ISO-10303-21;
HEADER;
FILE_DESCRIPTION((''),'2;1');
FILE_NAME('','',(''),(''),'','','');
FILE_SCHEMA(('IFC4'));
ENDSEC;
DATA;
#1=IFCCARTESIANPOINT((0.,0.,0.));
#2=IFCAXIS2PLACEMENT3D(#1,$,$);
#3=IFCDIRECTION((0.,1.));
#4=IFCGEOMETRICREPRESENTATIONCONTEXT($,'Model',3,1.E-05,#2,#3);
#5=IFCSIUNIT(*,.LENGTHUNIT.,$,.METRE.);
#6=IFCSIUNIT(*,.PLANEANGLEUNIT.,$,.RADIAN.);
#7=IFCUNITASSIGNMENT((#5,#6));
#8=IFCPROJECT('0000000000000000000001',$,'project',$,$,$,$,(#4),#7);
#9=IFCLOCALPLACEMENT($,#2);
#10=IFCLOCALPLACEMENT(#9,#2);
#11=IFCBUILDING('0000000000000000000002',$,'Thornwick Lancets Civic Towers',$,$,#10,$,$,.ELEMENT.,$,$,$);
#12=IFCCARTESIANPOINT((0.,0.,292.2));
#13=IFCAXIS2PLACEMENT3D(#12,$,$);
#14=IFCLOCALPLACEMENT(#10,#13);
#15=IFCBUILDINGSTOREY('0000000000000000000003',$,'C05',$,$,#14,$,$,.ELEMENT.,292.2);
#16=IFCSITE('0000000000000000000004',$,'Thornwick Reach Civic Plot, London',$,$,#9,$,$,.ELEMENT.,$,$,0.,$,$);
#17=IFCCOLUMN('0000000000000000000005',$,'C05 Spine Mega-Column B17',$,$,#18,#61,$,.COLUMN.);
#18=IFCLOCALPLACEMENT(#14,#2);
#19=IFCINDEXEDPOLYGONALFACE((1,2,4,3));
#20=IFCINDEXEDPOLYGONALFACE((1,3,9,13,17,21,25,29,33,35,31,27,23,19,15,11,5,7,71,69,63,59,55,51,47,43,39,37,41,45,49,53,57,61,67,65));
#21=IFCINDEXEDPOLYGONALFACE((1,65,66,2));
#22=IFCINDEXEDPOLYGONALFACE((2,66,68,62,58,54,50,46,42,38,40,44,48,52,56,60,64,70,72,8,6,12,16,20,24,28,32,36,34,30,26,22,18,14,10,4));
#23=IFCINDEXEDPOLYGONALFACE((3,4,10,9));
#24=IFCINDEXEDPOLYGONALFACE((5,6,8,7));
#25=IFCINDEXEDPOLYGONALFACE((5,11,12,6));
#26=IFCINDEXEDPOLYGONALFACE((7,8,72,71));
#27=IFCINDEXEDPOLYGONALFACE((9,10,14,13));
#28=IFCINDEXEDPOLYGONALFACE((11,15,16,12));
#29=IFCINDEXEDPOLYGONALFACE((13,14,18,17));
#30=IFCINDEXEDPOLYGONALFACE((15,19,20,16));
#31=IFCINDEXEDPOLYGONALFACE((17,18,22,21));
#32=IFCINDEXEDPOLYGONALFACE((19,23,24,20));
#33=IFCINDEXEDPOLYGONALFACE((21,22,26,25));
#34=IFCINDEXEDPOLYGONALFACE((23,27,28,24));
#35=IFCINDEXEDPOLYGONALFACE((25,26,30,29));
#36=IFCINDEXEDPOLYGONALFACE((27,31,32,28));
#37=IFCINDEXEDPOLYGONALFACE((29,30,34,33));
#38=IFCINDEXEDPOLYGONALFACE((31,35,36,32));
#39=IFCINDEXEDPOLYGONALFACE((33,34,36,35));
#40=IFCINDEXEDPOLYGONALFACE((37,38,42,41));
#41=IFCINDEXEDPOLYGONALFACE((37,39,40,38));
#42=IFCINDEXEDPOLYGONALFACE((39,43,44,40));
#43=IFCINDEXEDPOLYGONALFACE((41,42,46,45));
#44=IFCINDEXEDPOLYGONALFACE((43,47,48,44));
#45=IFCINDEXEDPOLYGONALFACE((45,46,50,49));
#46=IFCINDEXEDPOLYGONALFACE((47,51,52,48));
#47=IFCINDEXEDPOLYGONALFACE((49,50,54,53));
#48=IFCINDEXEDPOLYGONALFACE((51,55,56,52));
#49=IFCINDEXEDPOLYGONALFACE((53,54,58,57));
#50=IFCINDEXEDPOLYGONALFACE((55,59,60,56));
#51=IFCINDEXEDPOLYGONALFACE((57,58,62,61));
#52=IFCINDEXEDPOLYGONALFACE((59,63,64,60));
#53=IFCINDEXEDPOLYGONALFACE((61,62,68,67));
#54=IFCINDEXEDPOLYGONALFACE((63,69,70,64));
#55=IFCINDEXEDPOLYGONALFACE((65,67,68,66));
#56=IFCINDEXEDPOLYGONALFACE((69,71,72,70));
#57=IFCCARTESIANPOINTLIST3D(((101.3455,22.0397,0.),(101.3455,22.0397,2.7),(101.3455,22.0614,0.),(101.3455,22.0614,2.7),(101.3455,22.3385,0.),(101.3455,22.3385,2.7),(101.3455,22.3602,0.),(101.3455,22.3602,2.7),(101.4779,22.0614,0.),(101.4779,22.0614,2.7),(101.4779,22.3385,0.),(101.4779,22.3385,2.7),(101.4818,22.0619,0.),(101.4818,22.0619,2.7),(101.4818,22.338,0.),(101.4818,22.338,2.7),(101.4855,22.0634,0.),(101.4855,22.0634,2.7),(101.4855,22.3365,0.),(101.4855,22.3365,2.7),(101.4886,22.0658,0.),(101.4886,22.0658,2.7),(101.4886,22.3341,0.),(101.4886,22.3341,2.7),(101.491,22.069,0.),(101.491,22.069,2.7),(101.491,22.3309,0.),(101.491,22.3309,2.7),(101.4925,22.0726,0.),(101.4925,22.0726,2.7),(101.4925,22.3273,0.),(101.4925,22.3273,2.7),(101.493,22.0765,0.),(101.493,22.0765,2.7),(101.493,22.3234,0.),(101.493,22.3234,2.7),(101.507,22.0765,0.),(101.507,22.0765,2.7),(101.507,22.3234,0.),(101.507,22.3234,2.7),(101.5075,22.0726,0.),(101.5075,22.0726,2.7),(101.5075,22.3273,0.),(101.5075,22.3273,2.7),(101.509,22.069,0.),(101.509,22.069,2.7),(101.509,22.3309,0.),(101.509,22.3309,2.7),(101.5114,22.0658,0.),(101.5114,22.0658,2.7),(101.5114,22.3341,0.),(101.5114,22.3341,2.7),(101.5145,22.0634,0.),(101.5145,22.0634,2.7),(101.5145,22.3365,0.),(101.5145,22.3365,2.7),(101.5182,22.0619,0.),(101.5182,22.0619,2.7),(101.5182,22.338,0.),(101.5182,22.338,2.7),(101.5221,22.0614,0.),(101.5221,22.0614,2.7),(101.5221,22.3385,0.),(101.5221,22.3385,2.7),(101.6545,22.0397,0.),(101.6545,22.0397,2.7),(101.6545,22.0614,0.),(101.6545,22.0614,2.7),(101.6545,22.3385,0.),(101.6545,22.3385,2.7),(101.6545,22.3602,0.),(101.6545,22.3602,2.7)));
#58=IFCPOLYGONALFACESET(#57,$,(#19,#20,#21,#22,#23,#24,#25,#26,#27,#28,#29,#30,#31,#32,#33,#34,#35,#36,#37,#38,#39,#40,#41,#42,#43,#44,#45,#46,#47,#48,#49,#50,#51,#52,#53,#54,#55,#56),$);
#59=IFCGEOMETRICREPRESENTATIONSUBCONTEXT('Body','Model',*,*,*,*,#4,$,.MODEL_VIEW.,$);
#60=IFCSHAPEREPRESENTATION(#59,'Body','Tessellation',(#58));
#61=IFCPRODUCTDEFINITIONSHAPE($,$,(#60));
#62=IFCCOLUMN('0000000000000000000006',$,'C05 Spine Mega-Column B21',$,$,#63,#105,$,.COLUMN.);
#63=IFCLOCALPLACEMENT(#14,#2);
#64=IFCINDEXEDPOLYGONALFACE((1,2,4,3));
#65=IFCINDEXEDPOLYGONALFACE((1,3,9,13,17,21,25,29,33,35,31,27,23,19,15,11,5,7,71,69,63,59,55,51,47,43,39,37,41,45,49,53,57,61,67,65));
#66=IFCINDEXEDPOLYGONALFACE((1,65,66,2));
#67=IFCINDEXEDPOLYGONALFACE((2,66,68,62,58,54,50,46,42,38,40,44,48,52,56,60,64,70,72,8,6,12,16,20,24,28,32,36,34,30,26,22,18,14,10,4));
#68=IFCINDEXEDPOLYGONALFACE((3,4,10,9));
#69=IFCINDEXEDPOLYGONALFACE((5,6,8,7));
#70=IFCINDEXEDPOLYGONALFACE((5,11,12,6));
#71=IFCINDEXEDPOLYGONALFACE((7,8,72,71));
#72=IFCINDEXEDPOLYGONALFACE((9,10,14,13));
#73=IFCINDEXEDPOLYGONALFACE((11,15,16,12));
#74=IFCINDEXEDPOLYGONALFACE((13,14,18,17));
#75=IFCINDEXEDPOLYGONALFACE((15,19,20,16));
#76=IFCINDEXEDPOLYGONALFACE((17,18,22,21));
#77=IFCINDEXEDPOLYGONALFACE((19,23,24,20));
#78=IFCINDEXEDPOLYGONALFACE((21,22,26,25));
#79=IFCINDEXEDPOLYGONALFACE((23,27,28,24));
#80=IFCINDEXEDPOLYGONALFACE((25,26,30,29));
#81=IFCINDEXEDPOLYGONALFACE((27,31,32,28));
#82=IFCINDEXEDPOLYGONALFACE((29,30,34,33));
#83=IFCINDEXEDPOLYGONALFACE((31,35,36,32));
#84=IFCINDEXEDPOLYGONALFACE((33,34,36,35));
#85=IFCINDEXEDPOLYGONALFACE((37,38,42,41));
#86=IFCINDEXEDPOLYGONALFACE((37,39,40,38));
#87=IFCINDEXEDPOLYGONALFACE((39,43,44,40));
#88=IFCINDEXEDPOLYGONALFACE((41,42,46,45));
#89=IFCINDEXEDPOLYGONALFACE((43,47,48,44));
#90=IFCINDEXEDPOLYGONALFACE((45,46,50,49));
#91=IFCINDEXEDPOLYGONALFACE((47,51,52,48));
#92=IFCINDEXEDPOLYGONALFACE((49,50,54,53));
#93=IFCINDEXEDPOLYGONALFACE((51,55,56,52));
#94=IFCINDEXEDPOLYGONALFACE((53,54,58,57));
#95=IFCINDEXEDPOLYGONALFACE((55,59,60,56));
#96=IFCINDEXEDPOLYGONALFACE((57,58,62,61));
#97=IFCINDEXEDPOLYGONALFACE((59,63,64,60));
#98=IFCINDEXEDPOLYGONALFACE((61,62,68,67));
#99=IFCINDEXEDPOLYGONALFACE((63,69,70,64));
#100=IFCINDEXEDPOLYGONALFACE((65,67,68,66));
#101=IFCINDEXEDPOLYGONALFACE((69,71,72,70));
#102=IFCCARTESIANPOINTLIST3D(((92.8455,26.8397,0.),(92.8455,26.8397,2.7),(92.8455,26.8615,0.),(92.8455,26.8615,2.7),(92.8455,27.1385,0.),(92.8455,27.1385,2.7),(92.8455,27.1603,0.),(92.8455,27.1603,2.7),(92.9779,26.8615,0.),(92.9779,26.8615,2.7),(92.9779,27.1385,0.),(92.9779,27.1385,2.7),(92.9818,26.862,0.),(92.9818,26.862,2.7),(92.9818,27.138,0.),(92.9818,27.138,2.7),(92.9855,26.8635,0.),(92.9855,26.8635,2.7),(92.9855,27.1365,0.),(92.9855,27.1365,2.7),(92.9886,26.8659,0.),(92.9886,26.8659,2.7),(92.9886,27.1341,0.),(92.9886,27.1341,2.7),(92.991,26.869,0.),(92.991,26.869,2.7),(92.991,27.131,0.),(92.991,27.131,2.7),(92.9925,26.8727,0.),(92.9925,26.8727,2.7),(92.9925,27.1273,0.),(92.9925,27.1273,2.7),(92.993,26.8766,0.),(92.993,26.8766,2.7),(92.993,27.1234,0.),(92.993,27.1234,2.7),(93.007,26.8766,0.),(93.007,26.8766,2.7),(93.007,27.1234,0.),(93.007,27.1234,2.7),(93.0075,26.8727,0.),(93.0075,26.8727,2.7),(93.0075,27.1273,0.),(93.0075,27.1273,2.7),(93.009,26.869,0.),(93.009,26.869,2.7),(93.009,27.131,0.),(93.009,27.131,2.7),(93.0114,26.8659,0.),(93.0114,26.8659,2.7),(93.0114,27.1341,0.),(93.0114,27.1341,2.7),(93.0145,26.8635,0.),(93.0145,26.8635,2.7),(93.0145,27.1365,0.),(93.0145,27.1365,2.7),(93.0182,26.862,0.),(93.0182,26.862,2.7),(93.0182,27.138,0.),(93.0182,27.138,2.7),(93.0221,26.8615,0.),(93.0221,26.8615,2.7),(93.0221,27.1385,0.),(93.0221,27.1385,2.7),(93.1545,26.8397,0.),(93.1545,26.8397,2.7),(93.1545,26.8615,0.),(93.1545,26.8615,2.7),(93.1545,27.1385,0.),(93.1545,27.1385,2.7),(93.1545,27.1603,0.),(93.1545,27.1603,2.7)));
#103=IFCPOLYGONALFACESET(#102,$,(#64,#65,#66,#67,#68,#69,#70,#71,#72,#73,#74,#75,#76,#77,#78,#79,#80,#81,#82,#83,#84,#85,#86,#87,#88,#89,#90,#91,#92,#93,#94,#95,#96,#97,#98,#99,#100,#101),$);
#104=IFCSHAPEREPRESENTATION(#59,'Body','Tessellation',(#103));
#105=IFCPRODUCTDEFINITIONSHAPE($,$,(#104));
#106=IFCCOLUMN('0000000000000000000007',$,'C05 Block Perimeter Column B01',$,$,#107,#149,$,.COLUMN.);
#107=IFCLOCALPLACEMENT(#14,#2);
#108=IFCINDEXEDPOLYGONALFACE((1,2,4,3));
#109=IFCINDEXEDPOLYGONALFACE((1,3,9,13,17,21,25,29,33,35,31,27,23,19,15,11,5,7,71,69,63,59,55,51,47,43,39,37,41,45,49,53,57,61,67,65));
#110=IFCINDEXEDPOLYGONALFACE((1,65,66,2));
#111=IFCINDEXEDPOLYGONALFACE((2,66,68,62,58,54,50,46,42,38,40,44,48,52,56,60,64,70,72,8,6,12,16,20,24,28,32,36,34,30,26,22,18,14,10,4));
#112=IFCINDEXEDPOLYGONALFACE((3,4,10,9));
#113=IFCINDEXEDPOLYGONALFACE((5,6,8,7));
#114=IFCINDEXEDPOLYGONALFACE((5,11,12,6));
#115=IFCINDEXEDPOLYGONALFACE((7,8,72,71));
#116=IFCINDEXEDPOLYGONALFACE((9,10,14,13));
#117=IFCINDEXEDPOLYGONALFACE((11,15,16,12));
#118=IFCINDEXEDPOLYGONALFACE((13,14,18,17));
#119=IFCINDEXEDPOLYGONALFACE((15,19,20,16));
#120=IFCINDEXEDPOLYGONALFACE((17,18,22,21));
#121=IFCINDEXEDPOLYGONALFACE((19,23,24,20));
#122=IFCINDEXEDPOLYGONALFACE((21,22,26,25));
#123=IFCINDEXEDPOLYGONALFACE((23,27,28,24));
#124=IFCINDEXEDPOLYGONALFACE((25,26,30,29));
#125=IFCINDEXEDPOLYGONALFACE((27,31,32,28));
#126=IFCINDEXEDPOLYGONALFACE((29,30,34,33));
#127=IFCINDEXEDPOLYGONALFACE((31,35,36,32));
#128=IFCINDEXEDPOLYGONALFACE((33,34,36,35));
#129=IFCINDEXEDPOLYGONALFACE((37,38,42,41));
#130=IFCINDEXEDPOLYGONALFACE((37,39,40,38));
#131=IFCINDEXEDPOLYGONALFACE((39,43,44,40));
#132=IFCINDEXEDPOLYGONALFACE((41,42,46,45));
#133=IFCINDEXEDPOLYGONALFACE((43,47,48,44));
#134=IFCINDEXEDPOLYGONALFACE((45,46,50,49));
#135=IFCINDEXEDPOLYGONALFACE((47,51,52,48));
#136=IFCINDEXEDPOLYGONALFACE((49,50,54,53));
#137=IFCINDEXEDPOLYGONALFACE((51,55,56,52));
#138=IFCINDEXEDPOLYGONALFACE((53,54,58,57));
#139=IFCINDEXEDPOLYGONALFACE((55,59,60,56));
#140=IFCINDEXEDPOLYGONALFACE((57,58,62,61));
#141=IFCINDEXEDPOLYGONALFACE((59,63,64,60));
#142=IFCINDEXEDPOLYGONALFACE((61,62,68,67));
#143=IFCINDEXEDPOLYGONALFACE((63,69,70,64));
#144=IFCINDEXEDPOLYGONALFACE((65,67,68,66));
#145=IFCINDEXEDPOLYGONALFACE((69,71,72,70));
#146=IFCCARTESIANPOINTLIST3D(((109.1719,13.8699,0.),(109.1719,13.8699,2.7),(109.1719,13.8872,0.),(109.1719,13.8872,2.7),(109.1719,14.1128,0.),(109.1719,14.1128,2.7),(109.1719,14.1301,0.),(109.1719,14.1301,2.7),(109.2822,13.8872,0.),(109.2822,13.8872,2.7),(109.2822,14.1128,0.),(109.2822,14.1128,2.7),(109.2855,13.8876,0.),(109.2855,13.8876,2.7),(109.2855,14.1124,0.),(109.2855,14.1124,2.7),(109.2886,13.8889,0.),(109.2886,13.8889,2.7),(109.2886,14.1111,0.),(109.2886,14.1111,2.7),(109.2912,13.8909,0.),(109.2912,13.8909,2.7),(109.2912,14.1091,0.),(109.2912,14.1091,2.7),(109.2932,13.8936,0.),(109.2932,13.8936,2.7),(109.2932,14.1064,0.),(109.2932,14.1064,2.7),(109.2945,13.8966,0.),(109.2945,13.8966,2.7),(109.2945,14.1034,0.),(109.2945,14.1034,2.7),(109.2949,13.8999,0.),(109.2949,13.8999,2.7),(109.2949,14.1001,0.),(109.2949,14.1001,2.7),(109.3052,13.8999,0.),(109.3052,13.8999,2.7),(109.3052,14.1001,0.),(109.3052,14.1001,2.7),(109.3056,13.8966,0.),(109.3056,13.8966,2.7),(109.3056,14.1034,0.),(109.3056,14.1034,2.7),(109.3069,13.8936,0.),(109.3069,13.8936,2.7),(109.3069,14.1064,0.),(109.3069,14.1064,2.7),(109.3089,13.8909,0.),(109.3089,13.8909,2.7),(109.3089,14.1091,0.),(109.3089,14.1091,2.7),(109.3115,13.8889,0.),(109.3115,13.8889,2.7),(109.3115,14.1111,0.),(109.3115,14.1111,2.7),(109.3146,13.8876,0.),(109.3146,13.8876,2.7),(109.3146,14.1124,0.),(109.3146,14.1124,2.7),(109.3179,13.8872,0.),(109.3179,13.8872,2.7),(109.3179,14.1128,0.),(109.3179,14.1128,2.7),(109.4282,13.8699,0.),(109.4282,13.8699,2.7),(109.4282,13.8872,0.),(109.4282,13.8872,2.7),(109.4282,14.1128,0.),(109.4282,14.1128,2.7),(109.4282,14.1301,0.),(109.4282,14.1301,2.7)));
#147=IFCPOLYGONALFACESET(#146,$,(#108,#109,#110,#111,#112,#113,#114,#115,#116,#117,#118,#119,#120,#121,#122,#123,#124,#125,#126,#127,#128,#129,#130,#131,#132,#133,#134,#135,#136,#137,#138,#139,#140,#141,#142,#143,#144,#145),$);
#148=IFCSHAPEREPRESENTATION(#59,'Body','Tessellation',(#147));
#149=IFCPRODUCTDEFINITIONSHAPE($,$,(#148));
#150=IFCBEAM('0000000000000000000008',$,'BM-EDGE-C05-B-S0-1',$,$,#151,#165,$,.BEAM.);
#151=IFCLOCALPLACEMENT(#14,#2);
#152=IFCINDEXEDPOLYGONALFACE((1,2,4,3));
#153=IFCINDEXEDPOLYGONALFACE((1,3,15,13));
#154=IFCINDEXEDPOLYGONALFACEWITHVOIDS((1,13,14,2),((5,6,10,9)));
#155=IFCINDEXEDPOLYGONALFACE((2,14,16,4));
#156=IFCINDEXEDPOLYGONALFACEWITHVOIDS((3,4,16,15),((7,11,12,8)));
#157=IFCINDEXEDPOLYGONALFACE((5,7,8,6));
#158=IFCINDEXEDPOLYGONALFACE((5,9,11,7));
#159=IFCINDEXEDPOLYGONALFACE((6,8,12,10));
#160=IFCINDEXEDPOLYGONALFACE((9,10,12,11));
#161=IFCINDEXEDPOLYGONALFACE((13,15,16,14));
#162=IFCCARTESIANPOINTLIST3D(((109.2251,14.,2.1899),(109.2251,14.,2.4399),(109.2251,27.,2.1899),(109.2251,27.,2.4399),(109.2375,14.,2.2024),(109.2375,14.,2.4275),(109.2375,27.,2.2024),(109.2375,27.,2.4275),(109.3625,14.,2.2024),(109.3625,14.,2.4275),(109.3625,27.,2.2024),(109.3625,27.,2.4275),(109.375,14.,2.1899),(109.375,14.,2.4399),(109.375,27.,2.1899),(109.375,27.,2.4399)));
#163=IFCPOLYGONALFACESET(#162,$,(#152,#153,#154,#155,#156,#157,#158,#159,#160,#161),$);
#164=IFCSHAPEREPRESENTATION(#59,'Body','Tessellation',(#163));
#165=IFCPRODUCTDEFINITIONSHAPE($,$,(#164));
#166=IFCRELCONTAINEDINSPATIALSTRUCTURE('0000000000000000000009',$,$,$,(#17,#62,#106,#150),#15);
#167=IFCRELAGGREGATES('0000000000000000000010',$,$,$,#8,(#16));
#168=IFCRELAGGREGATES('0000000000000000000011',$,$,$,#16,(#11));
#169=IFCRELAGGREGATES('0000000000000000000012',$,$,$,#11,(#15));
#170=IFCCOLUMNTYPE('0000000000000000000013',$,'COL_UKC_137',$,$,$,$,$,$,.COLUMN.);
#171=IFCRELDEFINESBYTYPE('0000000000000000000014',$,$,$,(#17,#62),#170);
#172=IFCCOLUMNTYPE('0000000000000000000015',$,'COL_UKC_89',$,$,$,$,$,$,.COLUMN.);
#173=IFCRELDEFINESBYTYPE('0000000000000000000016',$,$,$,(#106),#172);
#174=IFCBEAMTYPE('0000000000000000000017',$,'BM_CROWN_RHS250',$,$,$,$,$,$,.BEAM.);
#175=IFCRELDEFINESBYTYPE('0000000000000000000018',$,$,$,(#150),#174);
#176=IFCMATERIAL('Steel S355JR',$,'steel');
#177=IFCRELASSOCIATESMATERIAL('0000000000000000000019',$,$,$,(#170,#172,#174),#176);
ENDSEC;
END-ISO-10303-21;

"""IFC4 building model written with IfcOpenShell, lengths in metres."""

from ifc_helpers import new_model, si_unit, direction, frame, origin, origin_2d, place, context, subcontext, project, spatial, hollow_rectangle, i_section, extrude, material, material_profile, profile_set, type_object, element, save


model = new_model("IFC4")

# Units and contexts
model_context = context("Model", 3, precision=1e-05, world=origin(), true_north=direction((0.0, 1.0)))
body_context = subcontext(model_context, "Body", "Model", "MODEL_VIEW")
ifc_project = project(units=[si_unit("LENGTHUNIT", "METRE"), si_unit("PLANEANGLEUNIT", "RADIAN")], contexts=[model_context])

# Site, building, storey
site_placement = place(None, origin())
site = spatial("IfcSite", under=ifc_project, at=site_placement, Name="Thornwick Reach Civic Plot, London", CompositionType="ELEMENT", RefElevation=0.0)
building_placement = place(site_placement, origin())
building = spatial("IfcBuilding", under=site, at=building_placement, Name="Thornwick Lancets Civic Towers", CompositionType="ELEMENT")
storey_placement = place(building_placement, frame((0.0, 0.0, 292.2)))
storey = spatial("IfcBuildingStorey", under=building, at=storey_placement, Name="C05", CompositionType="ELEMENT", Elevation=292.2)

# Columns
ifc_material_1 = material(Name="Steel S355JR", Category="steel")
ifc_material_profile_1 = material_profile(ifc_material_1, i_section(OverallWidth=0.3091, OverallDepth=0.3206, WebThickness=0.0139, FlangeThickness=0.0217, FilletRadius=0.0151, at=origin_2d()), Name="UKC 305x305x137")
ifc_profile_set_1 = profile_set([ifc_material_profile_1], Name="Steel S355JR")
column_type_1 = type_object("IfcColumnType", Name="COL_UKC_137", PredefinedType="COLUMN", material=ifc_profile_set_1)
for number, where, z_axis, x_axis, name in (
    (1, (101.5, 22.2, 0.0), (0.0, 0.0, 1.0), (1.0, 0.0, 0.0), "C05 Spine Mega-Column B17"),
    (2, (93.0, 27.0, 0.0), (0.0, 0.0, 1.0), (1.0, 0.0, 0.0), "C05 Spine Mega-Column B21"),
):
    element("IfcColumn", number, at=place(storey_placement, frame(where, z_axis=z_axis, x_axis=x_axis)), inside=storey, type_object=column_type_1, Name=name, PredefinedType="COLUMN", context=body_context, shape_type="SweptSolid", body=[
        extrude(i_section(OverallWidth=0.3091, OverallDepth=0.3206, WebThickness=0.0139, FlangeThickness=0.0217, FilletRadius=0.0151, at=origin_2d()), origin(), (0.0, 0.0, 1.0), 2.7),
    ])
ifc_material_profile_2 = material_profile(ifc_material_1, i_section(OverallWidth=0.2563, OverallDepth=0.2603, WebThickness=0.0103, FlangeThickness=0.0173, FilletRadius=0.0127, at=origin_2d()), Name="UKC 254x254x89")
ifc_profile_set_2 = profile_set([ifc_material_profile_2], Name="Steel S355JR")
column_type_2 = type_object("IfcColumnType", Name="COL_UKC_89", PredefinedType="COLUMN", material=ifc_profile_set_2)
column_placement = place(storey_placement, frame((109.3, 14.0, 0.0), z_axis=(0.0, 0.0, 1.0), x_axis=(1.0, 0.0, 0.0)))
element("IfcColumn", 3, at=column_placement, inside=storey, type_object=column_type_2, Name="C05 Block Perimeter Column B01", PredefinedType="COLUMN", context=body_context, shape_type="SweptSolid", body=[
    extrude(i_section(OverallWidth=0.2563, OverallDepth=0.2603, WebThickness=0.0103, FlangeThickness=0.0173, FilletRadius=0.0127, at=origin_2d()), origin(), (0.0, 0.0, 1.0), 2.7),
])

# Beam
ifc_material_profile_3 = material_profile(ifc_material_1, hollow_rectangle(XDim=0.1499, YDim=0.25, WallThickness=0.0125, at=origin_2d()), Name="RHS 250x150x12.5")
ifc_profile_set_3 = profile_set([ifc_material_profile_3], Name="Steel S355JR")
beam_type_1 = type_object("IfcBeamType", Name="BM_CROWN_RHS250", PredefinedType="BEAM", material=ifc_profile_set_3)
beam_1_placement = place(storey_placement, frame((109.3, 14.0, 2.3149), z_axis=(0.0, 1.0, 0.0), x_axis=(-1.0, 0.0, 0.0)))
element("IfcBeam", 4, at=beam_1_placement, inside=storey, type_object=beam_type_1, Name="BM-EDGE-C05-B-S0-1", PredefinedType="BEAM", context=body_context, shape_type="SweptSolid", body=[
    extrude(hollow_rectangle(XDim=0.1499, YDim=0.25, WallThickness=0.0125, at=origin_2d()), origin(), (0.0, 0.0, 1.0), 13.0),
])

save(model, "model.ifc")
